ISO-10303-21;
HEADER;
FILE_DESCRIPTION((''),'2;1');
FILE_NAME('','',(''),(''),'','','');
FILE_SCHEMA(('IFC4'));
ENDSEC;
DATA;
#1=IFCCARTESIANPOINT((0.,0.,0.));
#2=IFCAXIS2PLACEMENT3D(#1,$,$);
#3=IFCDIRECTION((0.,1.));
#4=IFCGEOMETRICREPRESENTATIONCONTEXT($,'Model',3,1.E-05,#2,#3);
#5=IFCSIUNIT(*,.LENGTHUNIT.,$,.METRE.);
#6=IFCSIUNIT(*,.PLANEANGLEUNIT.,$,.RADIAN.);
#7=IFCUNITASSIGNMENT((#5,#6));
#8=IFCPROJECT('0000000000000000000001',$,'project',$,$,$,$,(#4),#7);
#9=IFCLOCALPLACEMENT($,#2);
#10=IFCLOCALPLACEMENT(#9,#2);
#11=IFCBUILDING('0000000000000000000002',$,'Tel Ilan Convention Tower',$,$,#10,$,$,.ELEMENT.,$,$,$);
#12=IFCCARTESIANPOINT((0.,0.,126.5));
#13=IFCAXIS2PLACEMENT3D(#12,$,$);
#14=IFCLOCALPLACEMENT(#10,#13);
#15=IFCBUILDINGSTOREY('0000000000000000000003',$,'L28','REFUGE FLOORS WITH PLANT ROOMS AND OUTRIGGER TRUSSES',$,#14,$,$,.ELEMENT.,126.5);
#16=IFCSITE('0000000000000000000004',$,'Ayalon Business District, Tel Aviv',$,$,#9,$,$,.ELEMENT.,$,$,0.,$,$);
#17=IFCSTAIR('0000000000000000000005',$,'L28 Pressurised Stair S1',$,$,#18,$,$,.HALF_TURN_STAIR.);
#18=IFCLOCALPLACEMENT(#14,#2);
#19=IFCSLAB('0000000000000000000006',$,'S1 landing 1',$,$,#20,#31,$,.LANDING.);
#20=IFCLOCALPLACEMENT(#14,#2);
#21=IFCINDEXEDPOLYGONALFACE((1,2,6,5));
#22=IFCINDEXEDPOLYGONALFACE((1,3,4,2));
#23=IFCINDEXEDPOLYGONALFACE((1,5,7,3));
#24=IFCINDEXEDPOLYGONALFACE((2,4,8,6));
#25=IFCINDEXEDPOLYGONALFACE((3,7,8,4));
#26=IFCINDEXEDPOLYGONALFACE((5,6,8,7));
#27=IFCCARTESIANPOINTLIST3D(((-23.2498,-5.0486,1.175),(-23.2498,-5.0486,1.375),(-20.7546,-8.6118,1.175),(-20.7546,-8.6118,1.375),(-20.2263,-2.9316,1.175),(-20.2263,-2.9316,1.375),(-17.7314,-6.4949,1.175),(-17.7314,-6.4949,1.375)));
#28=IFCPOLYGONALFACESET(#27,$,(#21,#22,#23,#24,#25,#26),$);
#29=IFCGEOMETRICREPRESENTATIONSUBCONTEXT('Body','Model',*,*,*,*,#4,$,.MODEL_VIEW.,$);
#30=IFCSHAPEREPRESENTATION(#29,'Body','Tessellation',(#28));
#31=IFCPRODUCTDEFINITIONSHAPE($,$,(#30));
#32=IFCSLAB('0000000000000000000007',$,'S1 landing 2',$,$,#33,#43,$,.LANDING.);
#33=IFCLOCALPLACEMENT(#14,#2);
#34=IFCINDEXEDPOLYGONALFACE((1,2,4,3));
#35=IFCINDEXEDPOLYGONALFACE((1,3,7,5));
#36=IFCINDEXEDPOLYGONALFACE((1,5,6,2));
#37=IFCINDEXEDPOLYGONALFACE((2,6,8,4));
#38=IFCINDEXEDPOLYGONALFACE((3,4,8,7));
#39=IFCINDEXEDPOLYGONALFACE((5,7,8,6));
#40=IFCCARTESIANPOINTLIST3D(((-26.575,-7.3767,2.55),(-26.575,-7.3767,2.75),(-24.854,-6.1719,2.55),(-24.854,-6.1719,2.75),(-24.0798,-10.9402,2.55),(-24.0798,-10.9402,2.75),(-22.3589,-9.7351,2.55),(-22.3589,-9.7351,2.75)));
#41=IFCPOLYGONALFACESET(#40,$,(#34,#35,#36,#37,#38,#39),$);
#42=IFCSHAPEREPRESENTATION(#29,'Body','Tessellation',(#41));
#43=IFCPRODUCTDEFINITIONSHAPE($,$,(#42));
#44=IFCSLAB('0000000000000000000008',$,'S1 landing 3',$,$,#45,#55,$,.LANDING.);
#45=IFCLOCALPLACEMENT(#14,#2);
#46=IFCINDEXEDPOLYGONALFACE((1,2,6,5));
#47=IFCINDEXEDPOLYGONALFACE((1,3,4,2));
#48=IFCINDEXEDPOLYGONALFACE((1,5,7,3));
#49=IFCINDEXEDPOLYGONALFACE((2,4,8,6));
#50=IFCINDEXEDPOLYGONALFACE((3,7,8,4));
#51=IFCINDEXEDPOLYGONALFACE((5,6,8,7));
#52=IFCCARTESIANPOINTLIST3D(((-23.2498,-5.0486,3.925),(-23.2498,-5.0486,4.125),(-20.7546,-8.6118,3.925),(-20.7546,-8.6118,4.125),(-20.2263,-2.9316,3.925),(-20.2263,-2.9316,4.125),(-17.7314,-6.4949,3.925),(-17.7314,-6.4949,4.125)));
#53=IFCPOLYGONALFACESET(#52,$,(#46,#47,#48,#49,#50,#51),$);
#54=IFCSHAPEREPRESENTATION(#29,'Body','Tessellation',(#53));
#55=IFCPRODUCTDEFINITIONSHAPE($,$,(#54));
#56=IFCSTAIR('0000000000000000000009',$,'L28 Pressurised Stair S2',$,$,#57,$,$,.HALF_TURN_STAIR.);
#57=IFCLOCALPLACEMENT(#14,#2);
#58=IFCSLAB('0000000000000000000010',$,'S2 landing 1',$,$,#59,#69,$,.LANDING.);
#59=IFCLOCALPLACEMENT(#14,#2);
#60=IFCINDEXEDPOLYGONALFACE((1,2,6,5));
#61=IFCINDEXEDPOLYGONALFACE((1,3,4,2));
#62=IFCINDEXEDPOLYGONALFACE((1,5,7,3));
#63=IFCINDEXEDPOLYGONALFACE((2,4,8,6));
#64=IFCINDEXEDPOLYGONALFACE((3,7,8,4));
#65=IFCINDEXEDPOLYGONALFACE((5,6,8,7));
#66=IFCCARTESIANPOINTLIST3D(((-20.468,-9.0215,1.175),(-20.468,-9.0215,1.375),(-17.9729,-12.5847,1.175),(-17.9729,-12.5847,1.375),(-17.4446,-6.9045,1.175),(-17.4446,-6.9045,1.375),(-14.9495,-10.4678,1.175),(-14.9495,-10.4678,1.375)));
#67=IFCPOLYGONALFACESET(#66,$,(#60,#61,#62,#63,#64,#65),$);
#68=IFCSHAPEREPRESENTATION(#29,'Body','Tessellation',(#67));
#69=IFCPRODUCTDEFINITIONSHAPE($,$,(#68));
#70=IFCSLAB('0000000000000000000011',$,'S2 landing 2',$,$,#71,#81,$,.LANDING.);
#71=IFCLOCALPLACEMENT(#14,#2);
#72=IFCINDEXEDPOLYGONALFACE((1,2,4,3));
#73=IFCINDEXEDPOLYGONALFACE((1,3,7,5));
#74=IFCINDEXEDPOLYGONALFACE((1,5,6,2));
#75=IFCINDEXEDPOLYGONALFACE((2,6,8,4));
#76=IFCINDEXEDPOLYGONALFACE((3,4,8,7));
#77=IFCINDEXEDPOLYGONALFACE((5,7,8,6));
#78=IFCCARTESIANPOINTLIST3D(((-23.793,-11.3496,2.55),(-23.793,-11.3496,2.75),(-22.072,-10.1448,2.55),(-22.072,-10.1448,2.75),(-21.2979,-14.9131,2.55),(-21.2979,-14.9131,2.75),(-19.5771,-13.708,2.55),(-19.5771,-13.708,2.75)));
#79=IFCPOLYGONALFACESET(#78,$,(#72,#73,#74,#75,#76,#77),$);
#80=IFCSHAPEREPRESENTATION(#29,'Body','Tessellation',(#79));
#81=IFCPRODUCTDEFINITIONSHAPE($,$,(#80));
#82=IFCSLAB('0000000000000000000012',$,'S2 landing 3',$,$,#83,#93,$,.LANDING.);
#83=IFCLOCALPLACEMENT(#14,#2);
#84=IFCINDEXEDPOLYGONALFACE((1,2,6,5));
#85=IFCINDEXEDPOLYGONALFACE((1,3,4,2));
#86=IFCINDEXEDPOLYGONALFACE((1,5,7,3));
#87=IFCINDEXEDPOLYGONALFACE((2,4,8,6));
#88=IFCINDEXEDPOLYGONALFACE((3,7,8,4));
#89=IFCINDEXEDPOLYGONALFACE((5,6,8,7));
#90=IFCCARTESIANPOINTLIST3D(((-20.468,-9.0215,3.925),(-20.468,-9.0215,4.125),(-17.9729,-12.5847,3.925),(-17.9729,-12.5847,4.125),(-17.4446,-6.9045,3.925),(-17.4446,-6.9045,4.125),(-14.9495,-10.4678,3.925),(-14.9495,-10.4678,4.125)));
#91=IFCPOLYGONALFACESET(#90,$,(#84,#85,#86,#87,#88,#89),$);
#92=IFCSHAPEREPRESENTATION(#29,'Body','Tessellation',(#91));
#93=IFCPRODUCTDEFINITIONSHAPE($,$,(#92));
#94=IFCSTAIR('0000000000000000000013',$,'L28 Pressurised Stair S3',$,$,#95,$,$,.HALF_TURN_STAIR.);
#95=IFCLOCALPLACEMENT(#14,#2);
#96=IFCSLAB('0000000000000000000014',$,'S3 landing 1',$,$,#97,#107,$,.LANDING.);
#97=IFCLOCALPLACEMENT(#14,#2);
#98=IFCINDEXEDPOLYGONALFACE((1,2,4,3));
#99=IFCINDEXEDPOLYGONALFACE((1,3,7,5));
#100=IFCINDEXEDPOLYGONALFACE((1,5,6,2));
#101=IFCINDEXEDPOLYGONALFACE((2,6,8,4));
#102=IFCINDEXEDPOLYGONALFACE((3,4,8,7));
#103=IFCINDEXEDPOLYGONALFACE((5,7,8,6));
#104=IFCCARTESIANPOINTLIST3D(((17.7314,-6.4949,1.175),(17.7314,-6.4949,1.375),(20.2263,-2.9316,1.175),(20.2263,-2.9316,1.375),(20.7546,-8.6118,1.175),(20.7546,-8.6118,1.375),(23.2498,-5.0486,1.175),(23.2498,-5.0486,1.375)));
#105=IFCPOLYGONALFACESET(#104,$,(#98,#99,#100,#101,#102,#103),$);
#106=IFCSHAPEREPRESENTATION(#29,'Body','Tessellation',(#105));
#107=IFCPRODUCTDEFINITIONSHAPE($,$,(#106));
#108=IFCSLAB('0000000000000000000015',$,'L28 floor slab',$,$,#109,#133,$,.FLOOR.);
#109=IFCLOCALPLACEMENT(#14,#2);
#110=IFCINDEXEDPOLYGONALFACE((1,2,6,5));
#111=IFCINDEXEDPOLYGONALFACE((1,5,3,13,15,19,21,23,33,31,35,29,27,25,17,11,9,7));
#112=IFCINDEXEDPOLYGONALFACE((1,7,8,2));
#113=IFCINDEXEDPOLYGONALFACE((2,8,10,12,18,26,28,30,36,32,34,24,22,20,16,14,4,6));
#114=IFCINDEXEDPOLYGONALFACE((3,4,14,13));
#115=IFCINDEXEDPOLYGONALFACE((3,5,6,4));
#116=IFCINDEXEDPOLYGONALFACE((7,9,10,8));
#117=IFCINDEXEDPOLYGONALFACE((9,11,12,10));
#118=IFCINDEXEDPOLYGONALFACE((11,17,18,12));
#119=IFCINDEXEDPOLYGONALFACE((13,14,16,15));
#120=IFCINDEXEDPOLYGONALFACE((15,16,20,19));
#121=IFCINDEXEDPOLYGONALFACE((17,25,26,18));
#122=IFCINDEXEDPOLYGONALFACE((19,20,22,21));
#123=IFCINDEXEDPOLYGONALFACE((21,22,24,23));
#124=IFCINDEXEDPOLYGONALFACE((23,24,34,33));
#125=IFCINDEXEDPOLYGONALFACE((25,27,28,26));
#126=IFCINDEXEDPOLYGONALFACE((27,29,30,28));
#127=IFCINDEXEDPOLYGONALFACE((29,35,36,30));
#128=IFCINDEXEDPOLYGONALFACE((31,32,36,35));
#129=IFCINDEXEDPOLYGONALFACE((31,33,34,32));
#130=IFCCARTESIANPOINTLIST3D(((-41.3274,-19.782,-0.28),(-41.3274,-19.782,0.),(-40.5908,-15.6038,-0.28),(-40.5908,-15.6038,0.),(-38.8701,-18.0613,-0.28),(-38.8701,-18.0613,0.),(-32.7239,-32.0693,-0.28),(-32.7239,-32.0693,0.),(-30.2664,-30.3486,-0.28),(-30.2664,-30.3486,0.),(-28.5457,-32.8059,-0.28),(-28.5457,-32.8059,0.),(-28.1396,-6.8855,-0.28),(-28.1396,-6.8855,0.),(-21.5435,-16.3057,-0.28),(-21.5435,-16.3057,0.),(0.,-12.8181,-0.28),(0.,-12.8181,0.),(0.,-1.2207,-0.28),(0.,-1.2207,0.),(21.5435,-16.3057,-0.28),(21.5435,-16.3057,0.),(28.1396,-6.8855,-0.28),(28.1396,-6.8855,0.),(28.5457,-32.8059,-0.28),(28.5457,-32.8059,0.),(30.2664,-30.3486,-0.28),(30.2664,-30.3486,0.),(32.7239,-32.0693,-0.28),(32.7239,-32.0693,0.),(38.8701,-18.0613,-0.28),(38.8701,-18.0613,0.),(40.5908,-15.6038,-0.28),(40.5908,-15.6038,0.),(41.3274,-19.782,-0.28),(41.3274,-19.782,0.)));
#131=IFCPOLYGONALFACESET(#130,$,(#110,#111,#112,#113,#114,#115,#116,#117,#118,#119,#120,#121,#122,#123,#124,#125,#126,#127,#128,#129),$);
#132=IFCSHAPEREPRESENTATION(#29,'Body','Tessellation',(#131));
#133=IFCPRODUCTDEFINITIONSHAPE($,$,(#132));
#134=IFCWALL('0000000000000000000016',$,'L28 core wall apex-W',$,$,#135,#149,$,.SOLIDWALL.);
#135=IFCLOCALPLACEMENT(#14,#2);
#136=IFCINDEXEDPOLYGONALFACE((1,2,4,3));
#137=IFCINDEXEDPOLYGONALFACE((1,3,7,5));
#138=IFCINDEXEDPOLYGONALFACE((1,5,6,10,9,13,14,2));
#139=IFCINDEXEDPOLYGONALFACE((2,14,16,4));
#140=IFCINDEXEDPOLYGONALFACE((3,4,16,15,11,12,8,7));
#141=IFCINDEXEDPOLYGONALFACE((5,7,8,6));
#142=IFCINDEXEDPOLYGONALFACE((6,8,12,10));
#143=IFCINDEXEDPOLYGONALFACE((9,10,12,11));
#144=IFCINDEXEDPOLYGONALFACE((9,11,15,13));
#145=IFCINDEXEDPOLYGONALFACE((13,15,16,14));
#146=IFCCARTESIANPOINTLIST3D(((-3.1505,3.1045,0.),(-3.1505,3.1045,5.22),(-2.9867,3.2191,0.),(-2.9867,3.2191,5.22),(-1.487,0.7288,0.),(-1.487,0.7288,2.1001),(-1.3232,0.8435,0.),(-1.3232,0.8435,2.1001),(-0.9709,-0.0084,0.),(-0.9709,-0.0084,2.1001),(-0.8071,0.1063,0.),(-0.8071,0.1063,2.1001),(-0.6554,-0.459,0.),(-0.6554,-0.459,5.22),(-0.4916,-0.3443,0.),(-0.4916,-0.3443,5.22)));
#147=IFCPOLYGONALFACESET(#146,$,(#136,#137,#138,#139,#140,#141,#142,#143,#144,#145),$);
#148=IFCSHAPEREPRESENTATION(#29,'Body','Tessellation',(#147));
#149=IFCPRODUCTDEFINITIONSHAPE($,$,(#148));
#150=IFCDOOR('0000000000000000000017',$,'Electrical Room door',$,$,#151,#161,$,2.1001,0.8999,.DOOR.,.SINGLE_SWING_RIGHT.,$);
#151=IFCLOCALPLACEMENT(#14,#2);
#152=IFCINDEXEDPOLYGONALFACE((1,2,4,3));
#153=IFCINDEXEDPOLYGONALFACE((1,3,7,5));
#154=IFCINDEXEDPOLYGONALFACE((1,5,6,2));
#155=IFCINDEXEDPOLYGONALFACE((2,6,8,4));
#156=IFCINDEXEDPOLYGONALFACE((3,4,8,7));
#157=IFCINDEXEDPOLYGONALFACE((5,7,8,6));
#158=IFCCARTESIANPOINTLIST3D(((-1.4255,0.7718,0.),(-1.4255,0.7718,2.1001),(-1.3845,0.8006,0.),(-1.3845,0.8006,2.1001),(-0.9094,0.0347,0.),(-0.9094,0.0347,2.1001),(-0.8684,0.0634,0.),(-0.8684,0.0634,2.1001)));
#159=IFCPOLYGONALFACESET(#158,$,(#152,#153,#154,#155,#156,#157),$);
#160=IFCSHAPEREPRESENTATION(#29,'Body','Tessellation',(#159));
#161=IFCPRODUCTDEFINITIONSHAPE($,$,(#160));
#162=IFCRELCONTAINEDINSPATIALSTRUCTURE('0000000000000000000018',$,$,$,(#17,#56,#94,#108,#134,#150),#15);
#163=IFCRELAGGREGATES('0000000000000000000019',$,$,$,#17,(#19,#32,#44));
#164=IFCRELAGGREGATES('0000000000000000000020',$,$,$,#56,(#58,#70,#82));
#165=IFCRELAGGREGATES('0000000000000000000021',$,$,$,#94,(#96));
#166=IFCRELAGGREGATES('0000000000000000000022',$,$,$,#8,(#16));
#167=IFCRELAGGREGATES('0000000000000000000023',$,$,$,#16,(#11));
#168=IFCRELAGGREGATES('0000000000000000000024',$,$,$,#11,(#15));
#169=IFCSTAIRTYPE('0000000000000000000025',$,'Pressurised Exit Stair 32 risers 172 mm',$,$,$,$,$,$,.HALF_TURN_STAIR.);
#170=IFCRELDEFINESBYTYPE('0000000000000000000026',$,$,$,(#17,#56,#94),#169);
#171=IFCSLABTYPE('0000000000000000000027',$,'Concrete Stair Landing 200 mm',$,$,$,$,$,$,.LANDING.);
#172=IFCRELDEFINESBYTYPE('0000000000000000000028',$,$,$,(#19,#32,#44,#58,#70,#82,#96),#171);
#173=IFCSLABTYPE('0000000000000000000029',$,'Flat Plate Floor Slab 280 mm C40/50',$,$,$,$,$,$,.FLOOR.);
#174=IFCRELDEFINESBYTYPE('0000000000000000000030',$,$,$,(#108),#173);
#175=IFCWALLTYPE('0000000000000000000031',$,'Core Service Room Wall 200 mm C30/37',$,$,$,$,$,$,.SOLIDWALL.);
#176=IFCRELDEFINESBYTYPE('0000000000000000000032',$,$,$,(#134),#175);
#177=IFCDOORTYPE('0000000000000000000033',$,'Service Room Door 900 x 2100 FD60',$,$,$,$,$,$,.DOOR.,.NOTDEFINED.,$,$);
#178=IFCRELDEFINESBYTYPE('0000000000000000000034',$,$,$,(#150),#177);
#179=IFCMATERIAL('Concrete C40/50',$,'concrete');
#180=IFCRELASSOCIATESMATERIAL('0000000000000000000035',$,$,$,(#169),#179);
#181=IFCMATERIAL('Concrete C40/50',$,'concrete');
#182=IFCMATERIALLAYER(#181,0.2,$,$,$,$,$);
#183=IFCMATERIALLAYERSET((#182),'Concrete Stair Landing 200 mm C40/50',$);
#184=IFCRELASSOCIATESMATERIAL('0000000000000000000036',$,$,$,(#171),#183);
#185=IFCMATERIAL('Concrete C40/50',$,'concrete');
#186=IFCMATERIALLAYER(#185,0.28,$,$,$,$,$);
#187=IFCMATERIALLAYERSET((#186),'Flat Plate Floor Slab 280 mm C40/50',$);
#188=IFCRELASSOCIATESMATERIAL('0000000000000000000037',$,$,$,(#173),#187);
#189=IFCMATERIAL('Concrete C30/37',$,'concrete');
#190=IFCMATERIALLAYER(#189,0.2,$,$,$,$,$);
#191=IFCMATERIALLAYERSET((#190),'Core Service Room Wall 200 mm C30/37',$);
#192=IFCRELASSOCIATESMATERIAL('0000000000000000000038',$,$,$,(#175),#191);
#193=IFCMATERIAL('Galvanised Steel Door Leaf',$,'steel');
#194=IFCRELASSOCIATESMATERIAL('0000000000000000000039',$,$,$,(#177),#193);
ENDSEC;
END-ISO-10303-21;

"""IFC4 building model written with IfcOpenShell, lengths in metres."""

from ifc_helpers import new_model, si_unit, direction, frame, frame_2d, origin, place, context, subcontext, project, spatial, polyline, rectangle, outline, extrude, material, layer, layer_set, type_object, element, fill, aggregate, save


model = new_model("IFC4")

# Units and contexts
model_context = context("Model", 3, precision=1e-05, world=origin(), true_north=direction((0.0, 1.0)))
body_context = subcontext(model_context, "Body", "Model", "MODEL_VIEW")
ifc_project = project(units=[si_unit("LENGTHUNIT", "METRE"), si_unit("PLANEANGLEUNIT", "RADIAN")], contexts=[model_context])

# Site, building, storey
site_placement = place(None, origin())
site = spatial("IfcSite", under=ifc_project, at=site_placement, Name="Ayalon Business District, Tel Aviv", CompositionType="ELEMENT", RefElevation=0.0)
building_placement = place(site_placement, origin())
building = spatial("IfcBuilding", under=site, at=building_placement, Name="Tel Ilan Convention Tower", CompositionType="ELEMENT")
storey_placement = place(building_placement, frame((0.0, 0.0, 126.5)))
storey = spatial("IfcBuildingStorey", under=building, at=storey_placement, Name="L28", Description="REFUGE FLOORS WITH PLANT ROOMS AND OUTRIGGER TRUSSES", CompositionType="ELEMENT", Elevation=126.5)

# Stairs, slabs
ifc_material_1 = material(Name="Concrete C40/50", Category="concrete")
stair_type = type_object("IfcStairType", Name="Pressurised Exit Stair 32 risers 172 mm", PredefinedType="HALF_TURN_STAIR", material=ifc_material_1)
stair_1_placement = place(storey_placement, origin())
stair_1 = element("IfcStair", 1, at=stair_1_placement, inside=storey, type_object=stair_type, Name="L28 Pressurised Stair S1", PredefinedType="HALF_TURN_STAIR")
ifc_material_2 = material(Name="Concrete C40/50", Category="concrete")
ifc_layer_1 = layer(ifc_material_2, 0.2)
ifc_layer_set_1 = layer_set([ifc_layer_1], Name="Concrete Stair Landing 200 mm C40/50")
slab_type_1 = type_object("IfcSlabType", Name="Concrete Stair Landing 200 mm", PredefinedType="LANDING", material=ifc_layer_set_1)
slab_1_placement = place(storey_placement, frame((0.0, 0.0, 1.175)))
slab_1 = element("IfcSlab", 2, at=slab_1_placement, type_object=slab_type_1, Name="S1 landing 1", PredefinedType="LANDING", context=body_context, shape_type="SweptSolid", body=[
    extrude(outline(polyline([(-20.7546, -8.6118), (-17.7314, -6.4949), (-20.2263, -2.9316), (-23.2498, -5.0486), (-20.7546, -8.6118)])), origin(), (0.0, 0.0, 1.0), 0.2),
])
slab_2_placement = place(storey_placement, frame((0.0, 0.0, 2.55)))
slab_2 = element("IfcSlab", 3, at=slab_2_placement, type_object=slab_type_1, Name="S1 landing 2", PredefinedType="LANDING", context=body_context, shape_type="SweptSolid", body=[
    extrude(outline(polyline([(-24.0798, -10.9402), (-22.3589, -9.7351), (-24.854, -6.1719), (-26.575, -7.3767), (-24.0798, -10.9402)])), origin(), (0.0, 0.0, 1.0), 0.2),
])
slab_3_placement = place(storey_placement, frame((0.0, 0.0, 3.925)))
slab_3 = element("IfcSlab", 4, at=slab_3_placement, type_object=slab_type_1, Name="S1 landing 3", PredefinedType="LANDING", context=body_context, shape_type="SweptSolid", body=[
    extrude(outline(polyline([(-20.7546, -8.6118), (-17.7314, -6.4949), (-20.2263, -2.9316), (-23.2498, -5.0486), (-20.7546, -8.6118)])), origin(), (0.0, 0.0, 1.0), 0.2),
])
aggregate(stair_1, [slab_1, slab_2, slab_3])
stair_2_placement = place(storey_placement, origin())
stair_2 = element("IfcStair", 5, at=stair_2_placement, inside=storey, type_object=stair_type, Name="L28 Pressurised Stair S2", PredefinedType="HALF_TURN_STAIR")
slab_4_placement = place(storey_placement, frame((0.0, 0.0, 1.175)))
slab_4 = element("IfcSlab", 6, at=slab_4_placement, type_object=slab_type_1, Name="S2 landing 1", PredefinedType="LANDING", context=body_context, shape_type="SweptSolid", body=[
    extrude(outline(polyline([(-17.9729, -12.5847), (-14.9495, -10.4678), (-17.4446, -6.9045), (-20.468, -9.0215), (-17.9729, -12.5847)])), origin(), (0.0, 0.0, 1.0), 0.2),
])
slab_5_placement = place(storey_placement, frame((0.0, 0.0, 2.55)))
slab_5 = element("IfcSlab", 7, at=slab_5_placement, type_object=slab_type_1, Name="S2 landing 2", PredefinedType="LANDING", context=body_context, shape_type="SweptSolid", body=[
    extrude(outline(polyline([(-21.2979, -14.9131), (-19.5771, -13.708), (-22.072, -10.1448), (-23.793, -11.3496), (-21.2979, -14.9131)])), origin(), (0.0, 0.0, 1.0), 0.2),
])
slab_6_placement = place(storey_placement, frame((0.0, 0.0, 3.925)))
slab_6 = element("IfcSlab", 8, at=slab_6_placement, type_object=slab_type_1, Name="S2 landing 3", PredefinedType="LANDING", context=body_context, shape_type="SweptSolid", body=[
    extrude(outline(polyline([(-17.9729, -12.5847), (-14.9495, -10.4678), (-17.4446, -6.9045), (-20.468, -9.0215), (-17.9729, -12.5847)])), origin(), (0.0, 0.0, 1.0), 0.2),
])
aggregate(stair_2, [slab_4, slab_5, slab_6])

# Stair, slab
stair_3_placement = place(storey_placement, origin())
stair_3 = element("IfcStair", 9, at=stair_3_placement, inside=storey, type_object=stair_type, Name="L28 Pressurised Stair S3", PredefinedType="HALF_TURN_STAIR")
slab_7_placement = place(storey_placement, frame((0.0, 0.0, 1.175)))
slab_7 = element("IfcSlab", 10, at=slab_7_placement, type_object=slab_type_1, Name="S3 landing 1", PredefinedType="LANDING", context=body_context, shape_type="SweptSolid", body=[
    extrude(outline(polyline([(23.2498, -5.0486), (20.2263, -2.9316), (17.7314, -6.4949), (20.7546, -8.6118), (23.2498, -5.0486)])), origin(), (0.0, 0.0, 1.0), 0.2),
])
aggregate(stair_3, [slab_7])

# Slab
ifc_material_3 = material(Name="Concrete C40/50", Category="concrete")
ifc_layer_2 = layer(ifc_material_3, 0.28)
ifc_layer_set_2 = layer_set([ifc_layer_2], Name="Flat Plate Floor Slab 280 mm C40/50")
slab_type_2 = type_object("IfcSlabType", Name="Flat Plate Floor Slab 280 mm C40/50", PredefinedType="FLOOR", material=ifc_layer_set_2)
slab_8_placement = place(storey_placement, frame((0.0, 0.0, -0.28)))
element("IfcSlab", 11, at=slab_8_placement, inside=storey, type_object=slab_type_2, Name="L28 floor slab", PredefinedType="FLOOR", context=body_context, shape_type="SweptSolid", body=[
    extrude(outline(polyline([(40.5908, -15.6038), (38.8701, -18.0613), (41.3274, -19.782), (32.7239, -32.0693), (30.2664, -30.3486), (28.5457, -32.8059), (0.0, -12.8181), (-28.5457, -32.8059), (-30.2664, -30.3486), (-32.7239, -32.0693), (-41.3274, -19.782), (-38.8701, -18.0613), (-40.5908, -15.6038), (-28.1396, -6.8855), (-21.5435, -16.3057), (0.0, -1.2207), (21.5435, -16.3057), (28.1396, -6.8855), (40.5908, -15.6038)])), origin(), (0.0, 0.0, 1.0), 0.28),
])

# Wall, opening, door
ifc_material_4 = material(Name="Concrete C30/37", Category="concrete")
ifc_layer_3 = layer(ifc_material_4, 0.2)
ifc_layer_set_3 = layer_set([ifc_layer_3], Name="Core Service Room Wall 200 mm C30/37")
wall_type_1 = type_object("IfcWallType", Name="Core Service Room Wall 200 mm C30/37", PredefinedType="SOLIDWALL", material=ifc_layer_set_3)
wall_1_placement = place(storey_placement, frame((-0.5735, -0.4016, 0.0), z_axis=(0.0, 0.0, 1.0), x_axis=(-0.573568, 0.819158, 0.0)))
wall_1 = element("IfcWall", 12, at=wall_1_placement, inside=storey, type_object=wall_type_1, Name="L28 core wall apex-W", PredefinedType="SOLIDWALL", context=body_context, shape_type="SweptSolid", body=[
    extrude(rectangle(XDim=4.3501, YDim=0.2, at=frame_2d((2.175, 0.0))), origin(), (0.0, 0.0, 1.0), 5.22),
])
opening_1_placement = place(wall_1_placement, frame((0.55, 0.0, 0.0)))
opening_1 = element("IfcOpeningElement", 13, at=opening_1_placement, cuts=wall_1, PredefinedType="OPENING", context=body_context, shape_type="SweptSolid", body=[
    extrude(rectangle(XDim=0.8999, YDim=2.1001, at=frame_2d((0.45, 1.05))), frame((0.0, 0.1099, 0.0), z_axis=(0.0, -1.0, 0.0), x_axis=(1.0, 0.0, 0.0)), (0.0, 0.0, 1.0), 0.22),
])
ifc_material_5 = material(Name="Galvanised Steel Door Leaf", Category="steel")
door_type_1 = type_object("IfcDoorType", Name="Service Room Door 900 x 2100 FD60", OperationType="NOTDEFINED", PredefinedType="DOOR", material=ifc_material_5)
door_1_placement = place(opening_1_placement, origin())
door_1 = element("IfcDoor", 14, at=door_1_placement, inside=storey, type_object=door_type_1, Name="Electrical Room door", OperationType="SINGLE_SWING_RIGHT", OverallHeight=2.1001, OverallWidth=0.8999, PredefinedType="DOOR", context=body_context, shape_type="SweptSolid", body=[
    extrude(rectangle(XDim=0.8999, YDim=2.1001, at=frame_2d((0.45, 1.05))), frame((0.0, 0.0249, 0.0), z_axis=(0.0, -1.0, 0.0), x_axis=(1.0, 0.0, 0.0)), (0.0, 0.0, 1.0), 0.05),
])
fill(opening_1, door_1)

save(model, "model.ifc")
